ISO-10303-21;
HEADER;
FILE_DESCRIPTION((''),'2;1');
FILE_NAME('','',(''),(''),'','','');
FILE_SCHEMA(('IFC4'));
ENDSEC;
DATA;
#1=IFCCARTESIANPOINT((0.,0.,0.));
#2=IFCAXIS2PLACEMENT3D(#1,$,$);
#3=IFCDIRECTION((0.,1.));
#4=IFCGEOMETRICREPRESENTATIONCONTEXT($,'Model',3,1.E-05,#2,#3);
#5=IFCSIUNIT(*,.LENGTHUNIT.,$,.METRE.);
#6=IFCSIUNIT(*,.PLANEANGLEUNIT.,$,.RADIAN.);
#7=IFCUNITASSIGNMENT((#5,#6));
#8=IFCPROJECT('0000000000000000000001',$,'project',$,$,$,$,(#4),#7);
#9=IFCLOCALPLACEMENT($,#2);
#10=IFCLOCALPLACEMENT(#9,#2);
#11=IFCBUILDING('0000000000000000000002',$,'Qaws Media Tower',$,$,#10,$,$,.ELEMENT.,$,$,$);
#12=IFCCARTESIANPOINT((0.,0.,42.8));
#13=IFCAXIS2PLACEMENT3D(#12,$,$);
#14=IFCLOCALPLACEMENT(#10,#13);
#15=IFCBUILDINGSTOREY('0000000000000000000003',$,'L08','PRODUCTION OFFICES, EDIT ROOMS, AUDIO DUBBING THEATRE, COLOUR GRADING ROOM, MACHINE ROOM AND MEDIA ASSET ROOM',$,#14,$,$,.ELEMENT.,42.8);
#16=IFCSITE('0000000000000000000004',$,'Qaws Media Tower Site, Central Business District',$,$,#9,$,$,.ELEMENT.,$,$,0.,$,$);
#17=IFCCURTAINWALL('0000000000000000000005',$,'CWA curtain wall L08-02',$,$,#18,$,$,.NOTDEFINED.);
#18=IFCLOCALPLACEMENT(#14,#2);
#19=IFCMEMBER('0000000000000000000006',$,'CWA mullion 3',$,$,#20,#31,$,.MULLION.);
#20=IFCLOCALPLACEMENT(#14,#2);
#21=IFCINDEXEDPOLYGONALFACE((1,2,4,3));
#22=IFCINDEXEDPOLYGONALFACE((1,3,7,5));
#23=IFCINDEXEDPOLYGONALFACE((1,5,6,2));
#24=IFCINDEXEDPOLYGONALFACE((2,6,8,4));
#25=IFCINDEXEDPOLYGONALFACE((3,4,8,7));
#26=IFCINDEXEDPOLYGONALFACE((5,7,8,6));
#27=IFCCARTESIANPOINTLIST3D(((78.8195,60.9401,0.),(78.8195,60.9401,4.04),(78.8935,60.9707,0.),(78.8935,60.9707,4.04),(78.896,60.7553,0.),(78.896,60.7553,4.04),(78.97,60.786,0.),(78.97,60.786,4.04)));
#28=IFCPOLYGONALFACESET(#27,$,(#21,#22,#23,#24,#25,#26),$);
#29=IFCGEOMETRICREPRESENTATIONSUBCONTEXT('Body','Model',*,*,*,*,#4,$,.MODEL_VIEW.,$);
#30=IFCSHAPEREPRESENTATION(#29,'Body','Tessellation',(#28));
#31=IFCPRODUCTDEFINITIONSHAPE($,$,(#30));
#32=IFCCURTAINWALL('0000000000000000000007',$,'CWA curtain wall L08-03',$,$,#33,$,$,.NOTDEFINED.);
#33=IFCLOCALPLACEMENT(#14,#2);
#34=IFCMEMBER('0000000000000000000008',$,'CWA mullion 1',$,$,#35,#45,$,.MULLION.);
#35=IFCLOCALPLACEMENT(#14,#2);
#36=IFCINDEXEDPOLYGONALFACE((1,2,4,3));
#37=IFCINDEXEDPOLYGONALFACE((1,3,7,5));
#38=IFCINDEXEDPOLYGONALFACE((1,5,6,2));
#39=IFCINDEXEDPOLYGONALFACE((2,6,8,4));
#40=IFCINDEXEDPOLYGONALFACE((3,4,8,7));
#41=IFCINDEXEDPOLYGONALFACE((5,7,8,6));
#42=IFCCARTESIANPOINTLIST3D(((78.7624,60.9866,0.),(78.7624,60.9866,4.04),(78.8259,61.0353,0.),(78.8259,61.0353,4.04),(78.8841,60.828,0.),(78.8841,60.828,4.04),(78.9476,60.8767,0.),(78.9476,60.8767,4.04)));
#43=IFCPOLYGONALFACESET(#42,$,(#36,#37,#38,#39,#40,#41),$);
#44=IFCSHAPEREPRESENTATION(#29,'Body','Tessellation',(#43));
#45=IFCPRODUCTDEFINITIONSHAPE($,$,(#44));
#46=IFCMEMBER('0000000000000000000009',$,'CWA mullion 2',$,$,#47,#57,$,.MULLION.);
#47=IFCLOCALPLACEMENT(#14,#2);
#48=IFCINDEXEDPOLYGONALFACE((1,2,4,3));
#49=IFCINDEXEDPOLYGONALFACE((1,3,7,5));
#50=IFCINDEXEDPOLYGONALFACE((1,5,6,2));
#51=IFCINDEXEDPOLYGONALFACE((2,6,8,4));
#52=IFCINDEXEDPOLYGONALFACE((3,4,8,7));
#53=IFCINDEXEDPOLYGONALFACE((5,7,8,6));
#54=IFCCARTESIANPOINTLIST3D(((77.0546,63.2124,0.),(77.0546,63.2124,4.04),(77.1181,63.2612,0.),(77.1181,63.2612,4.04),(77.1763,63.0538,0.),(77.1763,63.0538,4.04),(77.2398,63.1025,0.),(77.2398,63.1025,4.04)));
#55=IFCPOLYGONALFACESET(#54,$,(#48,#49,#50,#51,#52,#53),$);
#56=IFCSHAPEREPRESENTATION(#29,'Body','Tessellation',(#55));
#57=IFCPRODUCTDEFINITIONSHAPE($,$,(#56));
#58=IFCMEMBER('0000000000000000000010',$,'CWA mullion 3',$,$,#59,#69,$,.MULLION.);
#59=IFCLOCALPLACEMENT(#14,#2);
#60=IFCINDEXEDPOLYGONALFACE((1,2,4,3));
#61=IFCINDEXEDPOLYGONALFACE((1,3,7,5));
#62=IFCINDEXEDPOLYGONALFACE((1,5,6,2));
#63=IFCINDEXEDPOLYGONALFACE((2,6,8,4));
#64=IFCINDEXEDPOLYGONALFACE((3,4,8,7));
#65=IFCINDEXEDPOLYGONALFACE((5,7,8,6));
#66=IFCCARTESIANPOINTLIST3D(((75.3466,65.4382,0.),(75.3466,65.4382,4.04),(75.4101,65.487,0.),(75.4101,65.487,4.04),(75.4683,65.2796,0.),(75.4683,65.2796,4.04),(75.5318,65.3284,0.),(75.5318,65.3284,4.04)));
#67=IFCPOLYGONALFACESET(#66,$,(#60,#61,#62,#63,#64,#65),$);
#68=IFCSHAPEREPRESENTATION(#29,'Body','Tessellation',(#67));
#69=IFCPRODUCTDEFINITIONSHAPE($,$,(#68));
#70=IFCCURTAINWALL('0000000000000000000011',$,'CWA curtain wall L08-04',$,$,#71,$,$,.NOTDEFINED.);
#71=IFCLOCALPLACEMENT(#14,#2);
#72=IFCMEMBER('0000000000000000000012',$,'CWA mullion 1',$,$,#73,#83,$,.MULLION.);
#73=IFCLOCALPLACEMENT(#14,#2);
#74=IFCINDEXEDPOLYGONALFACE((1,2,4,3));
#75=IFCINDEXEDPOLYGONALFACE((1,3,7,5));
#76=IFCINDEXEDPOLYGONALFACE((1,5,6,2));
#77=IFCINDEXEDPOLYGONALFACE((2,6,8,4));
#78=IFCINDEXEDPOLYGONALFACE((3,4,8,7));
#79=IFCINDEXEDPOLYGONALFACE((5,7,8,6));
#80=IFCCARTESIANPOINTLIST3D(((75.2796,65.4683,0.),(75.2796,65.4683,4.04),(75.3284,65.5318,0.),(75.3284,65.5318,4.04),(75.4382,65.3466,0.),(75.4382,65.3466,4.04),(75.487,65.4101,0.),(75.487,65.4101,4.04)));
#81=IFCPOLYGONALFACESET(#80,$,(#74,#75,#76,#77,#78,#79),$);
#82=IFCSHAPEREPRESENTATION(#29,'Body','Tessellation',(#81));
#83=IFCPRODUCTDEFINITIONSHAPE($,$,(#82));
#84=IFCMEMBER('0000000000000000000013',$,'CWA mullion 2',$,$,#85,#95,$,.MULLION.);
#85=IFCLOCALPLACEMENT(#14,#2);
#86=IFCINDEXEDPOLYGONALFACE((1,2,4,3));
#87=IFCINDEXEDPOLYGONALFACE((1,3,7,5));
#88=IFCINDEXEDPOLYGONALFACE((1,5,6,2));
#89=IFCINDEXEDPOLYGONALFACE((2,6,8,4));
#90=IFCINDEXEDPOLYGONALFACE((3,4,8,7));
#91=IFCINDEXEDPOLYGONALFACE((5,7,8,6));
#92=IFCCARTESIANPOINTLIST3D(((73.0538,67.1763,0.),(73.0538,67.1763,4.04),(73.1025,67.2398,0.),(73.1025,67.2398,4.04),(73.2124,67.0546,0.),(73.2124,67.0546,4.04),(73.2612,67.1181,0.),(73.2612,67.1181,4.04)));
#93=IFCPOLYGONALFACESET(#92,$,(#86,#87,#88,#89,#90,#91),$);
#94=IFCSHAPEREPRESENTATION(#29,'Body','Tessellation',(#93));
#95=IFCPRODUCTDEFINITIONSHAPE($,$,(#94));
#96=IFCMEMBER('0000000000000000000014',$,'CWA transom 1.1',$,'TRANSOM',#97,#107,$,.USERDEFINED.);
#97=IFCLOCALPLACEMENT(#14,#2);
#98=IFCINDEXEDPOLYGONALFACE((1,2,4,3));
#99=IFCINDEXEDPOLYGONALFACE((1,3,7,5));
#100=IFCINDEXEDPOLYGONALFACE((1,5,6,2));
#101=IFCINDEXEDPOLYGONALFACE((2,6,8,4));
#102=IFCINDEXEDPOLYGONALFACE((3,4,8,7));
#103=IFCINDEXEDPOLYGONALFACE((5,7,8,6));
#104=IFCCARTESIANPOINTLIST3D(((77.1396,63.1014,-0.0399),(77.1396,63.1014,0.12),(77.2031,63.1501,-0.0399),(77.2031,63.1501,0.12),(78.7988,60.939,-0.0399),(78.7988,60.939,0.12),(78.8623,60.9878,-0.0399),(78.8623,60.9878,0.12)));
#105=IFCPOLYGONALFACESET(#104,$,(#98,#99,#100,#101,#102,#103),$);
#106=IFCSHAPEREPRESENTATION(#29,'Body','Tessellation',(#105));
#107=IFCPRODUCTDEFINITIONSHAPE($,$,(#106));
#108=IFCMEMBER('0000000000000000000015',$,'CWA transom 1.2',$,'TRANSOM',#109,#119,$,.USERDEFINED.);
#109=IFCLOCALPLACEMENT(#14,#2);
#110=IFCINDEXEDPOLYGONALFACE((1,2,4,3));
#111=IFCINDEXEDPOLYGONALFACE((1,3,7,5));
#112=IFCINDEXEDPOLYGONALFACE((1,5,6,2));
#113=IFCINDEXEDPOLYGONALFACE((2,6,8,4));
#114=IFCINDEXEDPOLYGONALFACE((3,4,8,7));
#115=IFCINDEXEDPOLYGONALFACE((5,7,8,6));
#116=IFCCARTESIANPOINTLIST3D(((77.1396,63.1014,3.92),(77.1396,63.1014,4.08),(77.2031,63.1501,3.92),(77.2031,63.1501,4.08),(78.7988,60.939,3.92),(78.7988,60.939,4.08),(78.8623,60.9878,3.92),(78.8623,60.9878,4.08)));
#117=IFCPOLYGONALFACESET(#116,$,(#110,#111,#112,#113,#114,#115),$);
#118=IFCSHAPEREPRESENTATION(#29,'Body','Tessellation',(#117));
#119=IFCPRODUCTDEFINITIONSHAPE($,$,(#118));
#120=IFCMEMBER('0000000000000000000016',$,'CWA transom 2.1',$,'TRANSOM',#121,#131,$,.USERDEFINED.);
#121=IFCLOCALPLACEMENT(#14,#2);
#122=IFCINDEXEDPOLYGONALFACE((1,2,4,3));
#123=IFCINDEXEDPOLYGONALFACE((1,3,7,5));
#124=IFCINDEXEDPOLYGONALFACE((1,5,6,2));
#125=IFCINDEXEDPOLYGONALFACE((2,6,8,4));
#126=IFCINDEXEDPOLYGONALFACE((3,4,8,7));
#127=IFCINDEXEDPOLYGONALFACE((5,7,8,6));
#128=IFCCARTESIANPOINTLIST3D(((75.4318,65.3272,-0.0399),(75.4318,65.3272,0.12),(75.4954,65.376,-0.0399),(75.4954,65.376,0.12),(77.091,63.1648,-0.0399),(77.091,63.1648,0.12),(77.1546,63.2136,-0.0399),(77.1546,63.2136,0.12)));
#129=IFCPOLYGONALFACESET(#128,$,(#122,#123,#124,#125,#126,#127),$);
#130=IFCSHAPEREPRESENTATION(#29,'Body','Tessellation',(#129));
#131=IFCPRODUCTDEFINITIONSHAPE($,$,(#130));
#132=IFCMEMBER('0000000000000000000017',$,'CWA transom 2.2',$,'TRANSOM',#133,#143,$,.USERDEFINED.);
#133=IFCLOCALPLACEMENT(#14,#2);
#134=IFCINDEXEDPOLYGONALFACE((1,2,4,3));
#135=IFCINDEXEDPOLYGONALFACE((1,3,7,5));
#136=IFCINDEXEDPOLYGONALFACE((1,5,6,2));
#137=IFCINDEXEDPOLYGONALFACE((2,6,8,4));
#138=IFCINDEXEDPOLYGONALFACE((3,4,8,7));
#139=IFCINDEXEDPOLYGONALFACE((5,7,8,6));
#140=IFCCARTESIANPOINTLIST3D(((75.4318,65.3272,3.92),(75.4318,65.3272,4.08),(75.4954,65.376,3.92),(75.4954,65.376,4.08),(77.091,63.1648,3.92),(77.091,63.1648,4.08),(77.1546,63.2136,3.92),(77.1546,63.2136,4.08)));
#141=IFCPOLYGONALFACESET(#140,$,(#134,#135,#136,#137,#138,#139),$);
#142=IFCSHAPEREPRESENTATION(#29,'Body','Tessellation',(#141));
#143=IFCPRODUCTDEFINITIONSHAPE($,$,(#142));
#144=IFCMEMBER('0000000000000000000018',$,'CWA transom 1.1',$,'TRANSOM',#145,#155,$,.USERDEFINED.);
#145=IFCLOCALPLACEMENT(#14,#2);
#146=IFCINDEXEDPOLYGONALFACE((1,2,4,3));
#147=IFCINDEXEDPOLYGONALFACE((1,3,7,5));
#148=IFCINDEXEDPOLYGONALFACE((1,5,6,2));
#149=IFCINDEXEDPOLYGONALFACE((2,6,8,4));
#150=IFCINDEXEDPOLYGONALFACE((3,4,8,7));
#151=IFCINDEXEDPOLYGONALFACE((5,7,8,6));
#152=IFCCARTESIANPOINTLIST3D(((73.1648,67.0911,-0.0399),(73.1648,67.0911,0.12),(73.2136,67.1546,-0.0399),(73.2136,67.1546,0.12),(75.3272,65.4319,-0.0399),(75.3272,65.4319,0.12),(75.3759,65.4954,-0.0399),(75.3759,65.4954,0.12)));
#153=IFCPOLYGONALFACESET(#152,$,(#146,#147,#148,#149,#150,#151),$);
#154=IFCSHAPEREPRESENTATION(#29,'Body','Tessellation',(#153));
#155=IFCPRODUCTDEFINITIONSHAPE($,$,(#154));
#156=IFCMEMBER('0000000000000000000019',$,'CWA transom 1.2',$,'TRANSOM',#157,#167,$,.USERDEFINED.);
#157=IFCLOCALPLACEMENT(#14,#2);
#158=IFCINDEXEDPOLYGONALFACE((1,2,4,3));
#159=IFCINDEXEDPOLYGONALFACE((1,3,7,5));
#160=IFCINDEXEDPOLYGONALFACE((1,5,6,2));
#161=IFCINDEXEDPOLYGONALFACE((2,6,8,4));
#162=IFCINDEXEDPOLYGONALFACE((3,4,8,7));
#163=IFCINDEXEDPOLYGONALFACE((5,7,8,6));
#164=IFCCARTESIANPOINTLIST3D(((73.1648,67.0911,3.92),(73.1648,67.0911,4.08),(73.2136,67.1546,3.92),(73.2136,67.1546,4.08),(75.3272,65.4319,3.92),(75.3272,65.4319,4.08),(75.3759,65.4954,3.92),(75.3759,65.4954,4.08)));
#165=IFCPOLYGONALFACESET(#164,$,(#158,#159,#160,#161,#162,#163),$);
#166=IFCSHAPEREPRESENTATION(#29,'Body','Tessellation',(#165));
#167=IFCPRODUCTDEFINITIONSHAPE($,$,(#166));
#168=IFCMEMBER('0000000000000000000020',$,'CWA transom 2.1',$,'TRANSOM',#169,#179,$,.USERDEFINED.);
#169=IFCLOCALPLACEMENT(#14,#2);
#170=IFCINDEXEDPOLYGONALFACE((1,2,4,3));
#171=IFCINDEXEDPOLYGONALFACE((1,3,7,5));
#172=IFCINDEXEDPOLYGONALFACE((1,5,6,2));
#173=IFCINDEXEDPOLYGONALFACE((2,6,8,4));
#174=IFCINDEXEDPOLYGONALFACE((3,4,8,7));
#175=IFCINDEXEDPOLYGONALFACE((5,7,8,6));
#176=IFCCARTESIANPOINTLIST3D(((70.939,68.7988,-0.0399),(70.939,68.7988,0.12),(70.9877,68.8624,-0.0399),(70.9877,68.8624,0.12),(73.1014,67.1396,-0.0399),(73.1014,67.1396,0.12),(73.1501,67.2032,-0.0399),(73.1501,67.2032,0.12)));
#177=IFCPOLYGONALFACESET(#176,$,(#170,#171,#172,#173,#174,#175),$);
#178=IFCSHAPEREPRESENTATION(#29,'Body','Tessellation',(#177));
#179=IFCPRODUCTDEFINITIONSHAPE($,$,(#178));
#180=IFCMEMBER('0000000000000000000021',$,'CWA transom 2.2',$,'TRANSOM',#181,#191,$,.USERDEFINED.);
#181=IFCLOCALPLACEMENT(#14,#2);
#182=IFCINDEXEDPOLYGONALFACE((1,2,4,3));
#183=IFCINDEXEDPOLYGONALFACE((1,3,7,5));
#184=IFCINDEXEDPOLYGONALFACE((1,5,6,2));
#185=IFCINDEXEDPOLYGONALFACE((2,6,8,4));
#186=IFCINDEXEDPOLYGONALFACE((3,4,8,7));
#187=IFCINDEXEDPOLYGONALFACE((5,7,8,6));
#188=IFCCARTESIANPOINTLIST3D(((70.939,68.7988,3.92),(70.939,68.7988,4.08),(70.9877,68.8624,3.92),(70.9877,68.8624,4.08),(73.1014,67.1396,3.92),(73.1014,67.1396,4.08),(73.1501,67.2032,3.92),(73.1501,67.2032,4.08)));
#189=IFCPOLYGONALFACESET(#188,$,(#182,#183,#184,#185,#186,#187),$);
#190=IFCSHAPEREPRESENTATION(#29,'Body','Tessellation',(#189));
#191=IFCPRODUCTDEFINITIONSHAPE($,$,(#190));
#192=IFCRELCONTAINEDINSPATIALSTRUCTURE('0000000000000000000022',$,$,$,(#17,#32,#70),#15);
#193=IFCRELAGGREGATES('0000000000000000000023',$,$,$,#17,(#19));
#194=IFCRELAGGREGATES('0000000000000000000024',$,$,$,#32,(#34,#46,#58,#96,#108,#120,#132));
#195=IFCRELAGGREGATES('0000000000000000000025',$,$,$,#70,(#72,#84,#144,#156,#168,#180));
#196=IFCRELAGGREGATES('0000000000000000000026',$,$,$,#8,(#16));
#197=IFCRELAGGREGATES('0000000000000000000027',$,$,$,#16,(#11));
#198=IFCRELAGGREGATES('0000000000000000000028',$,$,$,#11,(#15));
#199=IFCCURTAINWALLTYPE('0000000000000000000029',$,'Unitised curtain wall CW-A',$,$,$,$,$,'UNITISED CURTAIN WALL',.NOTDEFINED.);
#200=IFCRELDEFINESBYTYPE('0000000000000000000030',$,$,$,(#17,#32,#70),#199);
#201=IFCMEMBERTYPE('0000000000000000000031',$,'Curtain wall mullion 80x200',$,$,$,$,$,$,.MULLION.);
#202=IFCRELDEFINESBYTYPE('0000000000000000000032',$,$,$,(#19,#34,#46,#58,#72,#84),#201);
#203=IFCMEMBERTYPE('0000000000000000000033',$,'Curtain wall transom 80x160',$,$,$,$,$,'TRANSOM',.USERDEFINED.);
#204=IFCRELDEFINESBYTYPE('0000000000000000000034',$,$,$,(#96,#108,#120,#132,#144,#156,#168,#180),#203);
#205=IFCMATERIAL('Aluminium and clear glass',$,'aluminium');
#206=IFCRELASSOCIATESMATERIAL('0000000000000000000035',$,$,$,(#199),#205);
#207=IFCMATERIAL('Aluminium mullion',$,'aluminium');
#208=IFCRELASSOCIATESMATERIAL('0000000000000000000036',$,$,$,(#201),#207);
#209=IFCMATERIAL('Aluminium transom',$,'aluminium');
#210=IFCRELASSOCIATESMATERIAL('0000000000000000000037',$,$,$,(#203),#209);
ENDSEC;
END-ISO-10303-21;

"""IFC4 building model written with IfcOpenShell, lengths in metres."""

from ifc_helpers import new_model, si_unit, direction, frame, origin, origin_2d, place, context, subcontext, project, spatial, rectangle, extrude, material, material_profile, profile_set, type_object, element, aggregate, save


model = new_model("IFC4")

# Units and contexts
model_context = context("Model", 3, precision=1e-05, world=origin(), true_north=direction((0.0, 1.0)))
body_context = subcontext(model_context, "Body", "Model", "MODEL_VIEW")
ifc_project = project(units=[si_unit("LENGTHUNIT", "METRE"), si_unit("PLANEANGLEUNIT", "RADIAN")], contexts=[model_context])

# Site, building, storey
site_placement = place(None, origin())
site = spatial("IfcSite", under=ifc_project, at=site_placement, Name="Qaws Media Tower Site, Central Business District", CompositionType="ELEMENT", RefElevation=0.0)
building_placement = place(site_placement, origin())
building = spatial("IfcBuilding", under=site, at=building_placement, Name="Qaws Media Tower", CompositionType="ELEMENT")
storey_placement = place(building_placement, frame((0.0, 0.0, 42.8)))
storey = spatial("IfcBuildingStorey", under=building, at=storey_placement, Name="L08", Description="PRODUCTION OFFICES, EDIT ROOMS, AUDIO DUBBING THEATRE, COLOUR GRADING ROOM, MACHINE ROOM AND MEDIA ASSET ROOM", CompositionType="ELEMENT", Elevation=42.8)

# Curtain wall, member
ifc_material_1 = material(Name="Aluminium and clear glass", Category="aluminium")
curtain_wall_type = type_object("IfcCurtainWallType", Name="Unitised curtain wall CW-A", ElementType="UNITISED CURTAIN WALL", PredefinedType="NOTDEFINED", material=ifc_material_1)
curtain_wall_1_placement = place(storey_placement, origin())
curtain_wall_1 = element("IfcCurtainWall", 1, at=curtain_wall_1_placement, inside=storey, type_object=curtain_wall_type, Name="CWA curtain wall L08-02", PredefinedType="NOTDEFINED")
ifc_material_2 = material(Name="Aluminium mullion", Category="aluminium")
ifc_material_profile_1 = material_profile(ifc_material_2, rectangle(XDim=0.0801, YDim=0.2, at=origin_2d()), Name="80x200")
ifc_profile_set_1 = profile_set([ifc_material_profile_1], Name="Aluminium mullion")
member_type_1 = type_object("IfcMemberType", Name="Curtain wall mullion 80x200", PredefinedType="MULLION", material=ifc_profile_set_1)
member_1_placement = place(storey_placement, frame((78.8948, 60.863, 0.0), z_axis=(0.0, 0.0, 1.0), x_axis=(-0.92388, -0.382683, 0.0)))
member_1 = element("IfcMember", 2, at=member_1_placement, type_object=member_type_1, Name="CWA mullion 3", PredefinedType="MULLION", context=body_context, shape_type="SweptSolid", body=[
    extrude(rectangle(XDim=0.0801, YDim=0.2, at=origin_2d()), origin(), (0.0, 0.0, 1.0), 4.04),
])
aggregate(curtain_wall_1, [member_1])

# Curtain walls, members
curtain_wall_2_placement = place(storey_placement, origin())
curtain_wall_2 = element("IfcCurtainWall", 3, at=curtain_wall_2_placement, inside=storey, type_object=curtain_wall_type, Name="CWA curtain wall L08-03", PredefinedType="NOTDEFINED")
member_2_placement = place(storey_placement, frame((78.855, 60.9316, 0.0), z_axis=(0.0, 0.0, 1.0), x_axis=(-0.793353, -0.608761, 0.0)))
member_2 = element("IfcMember", 4, at=member_2_placement, type_object=member_type_1, Name="CWA mullion 1", PredefinedType="MULLION", context=body_context, shape_type="SweptSolid", body=[
    extrude(rectangle(XDim=0.0801, YDim=0.2, at=origin_2d()), origin(), (0.0, 0.0, 1.0), 4.04),
])
member_3_placement = place(storey_placement, frame((77.1472, 63.1575, 0.0), z_axis=(0.0, 0.0, 1.0), x_axis=(-0.793353, -0.608761, 0.0)))
member_3 = element("IfcMember", 5, at=member_3_placement, type_object=member_type_1, Name="CWA mullion 2", PredefinedType="MULLION", context=body_context, shape_type="SweptSolid", body=[
    extrude(rectangle(XDim=0.0801, YDim=0.2, at=origin_2d()), origin(), (0.0, 0.0, 1.0), 4.04),
])
member_4_placement = place(storey_placement, frame((75.4392, 65.3833, 0.0), z_axis=(0.0, 0.0, 1.0), x_axis=(-0.793353, -0.608761, 0.0)))
member_4 = element("IfcMember", 6, at=member_4_placement, type_object=member_type_1, Name="CWA mullion 3", PredefinedType="MULLION", context=body_context, shape_type="SweptSolid", body=[
    extrude(rectangle(XDim=0.0801, YDim=0.2, at=origin_2d()), origin(), (0.0, 0.0, 1.0), 4.04),
])
curtain_wall_3_placement = place(storey_placement, origin())
curtain_wall_3 = element("IfcCurtainWall", 7, at=curtain_wall_3_placement, inside=storey, type_object=curtain_wall_type, Name="CWA curtain wall L08-04", PredefinedType="NOTDEFINED")
member_5_placement = place(storey_placement, frame((75.3833, 65.4392, 0.0), z_axis=(0.0, 0.0, 1.0), x_axis=(-0.608761, -0.793353, 0.0)))
member_5 = element("IfcMember", 8, at=member_5_placement, type_object=member_type_1, Name="CWA mullion 1", PredefinedType="MULLION", context=body_context, shape_type="SweptSolid", body=[
    extrude(rectangle(XDim=0.0801, YDim=0.2, at=origin_2d()), origin(), (0.0, 0.0, 1.0), 4.04),
])
member_6_placement = place(storey_placement, frame((73.1575, 67.1472, 0.0), z_axis=(0.0, 0.0, 1.0), x_axis=(-0.608761, -0.793353, 0.0)))
member_6 = element("IfcMember", 9, at=member_6_placement, type_object=member_type_1, Name="CWA mullion 2", PredefinedType="MULLION", context=body_context, shape_type="SweptSolid", body=[
    extrude(rectangle(XDim=0.0801, YDim=0.2, at=origin_2d()), origin(), (0.0, 0.0, 1.0), 4.04),
])

# Members
ifc_material_3 = material(Name="Aluminium transom", Category="aluminium")
ifc_material_profile_2 = material_profile(ifc_material_3, rectangle(XDim=0.0801, YDim=0.1599, at=origin_2d()), Name="80x160")
ifc_profile_set_2 = profile_set([ifc_material_profile_2], Name="Aluminium transom")
member_type_2 = type_object("IfcMemberType", Name="Curtain wall transom 80x160", ElementType="TRANSOM", PredefinedType="USERDEFINED", material=ifc_profile_set_2)
member_7_placement = place(storey_placement, frame((78.8306, 60.9634, 0.04), z_axis=(-0.608749, 0.793363, 0.0), x_axis=(-0.793363, -0.608749, 0.0)))
member_7 = element("IfcMember", 10, at=member_7_placement, type_object=member_type_2, Name="CWA transom 1.1", ObjectType="TRANSOM", PredefinedType="USERDEFINED", context=body_context, shape_type="SweptSolid", body=[
    extrude(rectangle(XDim=0.0801, YDim=0.1599, at=origin_2d()), origin(), (0.0, 0.0, 1.0), 2.7256),
])
member_8_placement = place(storey_placement, frame((78.8306, 60.9634, 4.0), z_axis=(-0.608749, 0.793363, 0.0), x_axis=(-0.793363, -0.608749, 0.0)))
member_8 = element("IfcMember", 11, at=member_8_placement, type_object=member_type_2, Name="CWA transom 1.2", ObjectType="TRANSOM", PredefinedType="USERDEFINED", context=body_context, shape_type="SweptSolid", body=[
    extrude(rectangle(XDim=0.0801, YDim=0.1599, at=origin_2d()), origin(), (0.0, 0.0, 1.0), 2.7256),
])
member_9_placement = place(storey_placement, frame((77.1228, 63.1892, 0.04), z_axis=(-0.608749, 0.793363, 0.0), x_axis=(-0.793363, -0.608749, 0.0)))
member_9 = element("IfcMember", 12, at=member_9_placement, type_object=member_type_2, Name="CWA transom 2.1", ObjectType="TRANSOM", PredefinedType="USERDEFINED", context=body_context, shape_type="SweptSolid", body=[
    extrude(rectangle(XDim=0.0801, YDim=0.1599, at=origin_2d()), origin(), (0.0, 0.0, 1.0), 2.7256),
])
member_10_placement = place(storey_placement, frame((77.1228, 63.1892, 4.0), z_axis=(-0.608749, 0.793363, 0.0), x_axis=(-0.793363, -0.608749, 0.0)))
member_10 = element("IfcMember", 13, at=member_10_placement, type_object=member_type_2, Name="CWA transom 2.2", ObjectType="TRANSOM", PredefinedType="USERDEFINED", context=body_context, shape_type="SweptSolid", body=[
    extrude(rectangle(XDim=0.0801, YDim=0.1599, at=origin_2d()), origin(), (0.0, 0.0, 1.0), 2.7256),
])
member_11_placement = place(storey_placement, frame((75.3516, 65.4636, 0.04), z_axis=(-0.793363, 0.608749, 0.0), x_axis=(-0.608749, -0.793363, 0.0)))
member_11 = element("IfcMember", 14, at=member_11_placement, type_object=member_type_2, Name="CWA transom 1.1", ObjectType="TRANSOM", PredefinedType="USERDEFINED", context=body_context, shape_type="SweptSolid", body=[
    extrude(rectangle(XDim=0.0801, YDim=0.1599, at=origin_2d()), origin(), (0.0, 0.0, 1.0), 2.7256),
])
member_12_placement = place(storey_placement, frame((75.3516, 65.4636, 4.0), z_axis=(-0.793363, 0.608749, 0.0), x_axis=(-0.608749, -0.793363, 0.0)))
member_12 = element("IfcMember", 15, at=member_12_placement, type_object=member_type_2, Name="CWA transom 1.2", ObjectType="TRANSOM", PredefinedType="USERDEFINED", context=body_context, shape_type="SweptSolid", body=[
    extrude(rectangle(XDim=0.0801, YDim=0.1599, at=origin_2d()), origin(), (0.0, 0.0, 1.0), 2.7256),
])
member_13_placement = place(storey_placement, frame((73.1257, 67.1714, 0.04), z_axis=(-0.793363, 0.608749, 0.0), x_axis=(-0.608749, -0.793363, 0.0)))
member_13 = element("IfcMember", 16, at=member_13_placement, type_object=member_type_2, Name="CWA transom 2.1", ObjectType="TRANSOM", PredefinedType="USERDEFINED", context=body_context, shape_type="SweptSolid", body=[
    extrude(rectangle(XDim=0.0801, YDim=0.1599, at=origin_2d()), origin(), (0.0, 0.0, 1.0), 2.7256),
])
member_14_placement = place(storey_placement, frame((73.1257, 67.1714, 4.0), z_axis=(-0.793363, 0.608749, 0.0), x_axis=(-0.608749, -0.793363, 0.0)))
member_14 = element("IfcMember", 17, at=member_14_placement, type_object=member_type_2, Name="CWA transom 2.2", ObjectType="TRANSOM", PredefinedType="USERDEFINED", context=body_context, shape_type="SweptSolid", body=[
    extrude(rectangle(XDim=0.0801, YDim=0.1599, at=origin_2d()), origin(), (0.0, 0.0, 1.0), 2.7256),
])

aggregate(curtain_wall_2, [member_2, member_3, member_4, member_7, member_8, member_9, member_10])
aggregate(curtain_wall_3, [member_5, member_6, member_11, member_12, member_13, member_14])

save(model, "model.ifc")
